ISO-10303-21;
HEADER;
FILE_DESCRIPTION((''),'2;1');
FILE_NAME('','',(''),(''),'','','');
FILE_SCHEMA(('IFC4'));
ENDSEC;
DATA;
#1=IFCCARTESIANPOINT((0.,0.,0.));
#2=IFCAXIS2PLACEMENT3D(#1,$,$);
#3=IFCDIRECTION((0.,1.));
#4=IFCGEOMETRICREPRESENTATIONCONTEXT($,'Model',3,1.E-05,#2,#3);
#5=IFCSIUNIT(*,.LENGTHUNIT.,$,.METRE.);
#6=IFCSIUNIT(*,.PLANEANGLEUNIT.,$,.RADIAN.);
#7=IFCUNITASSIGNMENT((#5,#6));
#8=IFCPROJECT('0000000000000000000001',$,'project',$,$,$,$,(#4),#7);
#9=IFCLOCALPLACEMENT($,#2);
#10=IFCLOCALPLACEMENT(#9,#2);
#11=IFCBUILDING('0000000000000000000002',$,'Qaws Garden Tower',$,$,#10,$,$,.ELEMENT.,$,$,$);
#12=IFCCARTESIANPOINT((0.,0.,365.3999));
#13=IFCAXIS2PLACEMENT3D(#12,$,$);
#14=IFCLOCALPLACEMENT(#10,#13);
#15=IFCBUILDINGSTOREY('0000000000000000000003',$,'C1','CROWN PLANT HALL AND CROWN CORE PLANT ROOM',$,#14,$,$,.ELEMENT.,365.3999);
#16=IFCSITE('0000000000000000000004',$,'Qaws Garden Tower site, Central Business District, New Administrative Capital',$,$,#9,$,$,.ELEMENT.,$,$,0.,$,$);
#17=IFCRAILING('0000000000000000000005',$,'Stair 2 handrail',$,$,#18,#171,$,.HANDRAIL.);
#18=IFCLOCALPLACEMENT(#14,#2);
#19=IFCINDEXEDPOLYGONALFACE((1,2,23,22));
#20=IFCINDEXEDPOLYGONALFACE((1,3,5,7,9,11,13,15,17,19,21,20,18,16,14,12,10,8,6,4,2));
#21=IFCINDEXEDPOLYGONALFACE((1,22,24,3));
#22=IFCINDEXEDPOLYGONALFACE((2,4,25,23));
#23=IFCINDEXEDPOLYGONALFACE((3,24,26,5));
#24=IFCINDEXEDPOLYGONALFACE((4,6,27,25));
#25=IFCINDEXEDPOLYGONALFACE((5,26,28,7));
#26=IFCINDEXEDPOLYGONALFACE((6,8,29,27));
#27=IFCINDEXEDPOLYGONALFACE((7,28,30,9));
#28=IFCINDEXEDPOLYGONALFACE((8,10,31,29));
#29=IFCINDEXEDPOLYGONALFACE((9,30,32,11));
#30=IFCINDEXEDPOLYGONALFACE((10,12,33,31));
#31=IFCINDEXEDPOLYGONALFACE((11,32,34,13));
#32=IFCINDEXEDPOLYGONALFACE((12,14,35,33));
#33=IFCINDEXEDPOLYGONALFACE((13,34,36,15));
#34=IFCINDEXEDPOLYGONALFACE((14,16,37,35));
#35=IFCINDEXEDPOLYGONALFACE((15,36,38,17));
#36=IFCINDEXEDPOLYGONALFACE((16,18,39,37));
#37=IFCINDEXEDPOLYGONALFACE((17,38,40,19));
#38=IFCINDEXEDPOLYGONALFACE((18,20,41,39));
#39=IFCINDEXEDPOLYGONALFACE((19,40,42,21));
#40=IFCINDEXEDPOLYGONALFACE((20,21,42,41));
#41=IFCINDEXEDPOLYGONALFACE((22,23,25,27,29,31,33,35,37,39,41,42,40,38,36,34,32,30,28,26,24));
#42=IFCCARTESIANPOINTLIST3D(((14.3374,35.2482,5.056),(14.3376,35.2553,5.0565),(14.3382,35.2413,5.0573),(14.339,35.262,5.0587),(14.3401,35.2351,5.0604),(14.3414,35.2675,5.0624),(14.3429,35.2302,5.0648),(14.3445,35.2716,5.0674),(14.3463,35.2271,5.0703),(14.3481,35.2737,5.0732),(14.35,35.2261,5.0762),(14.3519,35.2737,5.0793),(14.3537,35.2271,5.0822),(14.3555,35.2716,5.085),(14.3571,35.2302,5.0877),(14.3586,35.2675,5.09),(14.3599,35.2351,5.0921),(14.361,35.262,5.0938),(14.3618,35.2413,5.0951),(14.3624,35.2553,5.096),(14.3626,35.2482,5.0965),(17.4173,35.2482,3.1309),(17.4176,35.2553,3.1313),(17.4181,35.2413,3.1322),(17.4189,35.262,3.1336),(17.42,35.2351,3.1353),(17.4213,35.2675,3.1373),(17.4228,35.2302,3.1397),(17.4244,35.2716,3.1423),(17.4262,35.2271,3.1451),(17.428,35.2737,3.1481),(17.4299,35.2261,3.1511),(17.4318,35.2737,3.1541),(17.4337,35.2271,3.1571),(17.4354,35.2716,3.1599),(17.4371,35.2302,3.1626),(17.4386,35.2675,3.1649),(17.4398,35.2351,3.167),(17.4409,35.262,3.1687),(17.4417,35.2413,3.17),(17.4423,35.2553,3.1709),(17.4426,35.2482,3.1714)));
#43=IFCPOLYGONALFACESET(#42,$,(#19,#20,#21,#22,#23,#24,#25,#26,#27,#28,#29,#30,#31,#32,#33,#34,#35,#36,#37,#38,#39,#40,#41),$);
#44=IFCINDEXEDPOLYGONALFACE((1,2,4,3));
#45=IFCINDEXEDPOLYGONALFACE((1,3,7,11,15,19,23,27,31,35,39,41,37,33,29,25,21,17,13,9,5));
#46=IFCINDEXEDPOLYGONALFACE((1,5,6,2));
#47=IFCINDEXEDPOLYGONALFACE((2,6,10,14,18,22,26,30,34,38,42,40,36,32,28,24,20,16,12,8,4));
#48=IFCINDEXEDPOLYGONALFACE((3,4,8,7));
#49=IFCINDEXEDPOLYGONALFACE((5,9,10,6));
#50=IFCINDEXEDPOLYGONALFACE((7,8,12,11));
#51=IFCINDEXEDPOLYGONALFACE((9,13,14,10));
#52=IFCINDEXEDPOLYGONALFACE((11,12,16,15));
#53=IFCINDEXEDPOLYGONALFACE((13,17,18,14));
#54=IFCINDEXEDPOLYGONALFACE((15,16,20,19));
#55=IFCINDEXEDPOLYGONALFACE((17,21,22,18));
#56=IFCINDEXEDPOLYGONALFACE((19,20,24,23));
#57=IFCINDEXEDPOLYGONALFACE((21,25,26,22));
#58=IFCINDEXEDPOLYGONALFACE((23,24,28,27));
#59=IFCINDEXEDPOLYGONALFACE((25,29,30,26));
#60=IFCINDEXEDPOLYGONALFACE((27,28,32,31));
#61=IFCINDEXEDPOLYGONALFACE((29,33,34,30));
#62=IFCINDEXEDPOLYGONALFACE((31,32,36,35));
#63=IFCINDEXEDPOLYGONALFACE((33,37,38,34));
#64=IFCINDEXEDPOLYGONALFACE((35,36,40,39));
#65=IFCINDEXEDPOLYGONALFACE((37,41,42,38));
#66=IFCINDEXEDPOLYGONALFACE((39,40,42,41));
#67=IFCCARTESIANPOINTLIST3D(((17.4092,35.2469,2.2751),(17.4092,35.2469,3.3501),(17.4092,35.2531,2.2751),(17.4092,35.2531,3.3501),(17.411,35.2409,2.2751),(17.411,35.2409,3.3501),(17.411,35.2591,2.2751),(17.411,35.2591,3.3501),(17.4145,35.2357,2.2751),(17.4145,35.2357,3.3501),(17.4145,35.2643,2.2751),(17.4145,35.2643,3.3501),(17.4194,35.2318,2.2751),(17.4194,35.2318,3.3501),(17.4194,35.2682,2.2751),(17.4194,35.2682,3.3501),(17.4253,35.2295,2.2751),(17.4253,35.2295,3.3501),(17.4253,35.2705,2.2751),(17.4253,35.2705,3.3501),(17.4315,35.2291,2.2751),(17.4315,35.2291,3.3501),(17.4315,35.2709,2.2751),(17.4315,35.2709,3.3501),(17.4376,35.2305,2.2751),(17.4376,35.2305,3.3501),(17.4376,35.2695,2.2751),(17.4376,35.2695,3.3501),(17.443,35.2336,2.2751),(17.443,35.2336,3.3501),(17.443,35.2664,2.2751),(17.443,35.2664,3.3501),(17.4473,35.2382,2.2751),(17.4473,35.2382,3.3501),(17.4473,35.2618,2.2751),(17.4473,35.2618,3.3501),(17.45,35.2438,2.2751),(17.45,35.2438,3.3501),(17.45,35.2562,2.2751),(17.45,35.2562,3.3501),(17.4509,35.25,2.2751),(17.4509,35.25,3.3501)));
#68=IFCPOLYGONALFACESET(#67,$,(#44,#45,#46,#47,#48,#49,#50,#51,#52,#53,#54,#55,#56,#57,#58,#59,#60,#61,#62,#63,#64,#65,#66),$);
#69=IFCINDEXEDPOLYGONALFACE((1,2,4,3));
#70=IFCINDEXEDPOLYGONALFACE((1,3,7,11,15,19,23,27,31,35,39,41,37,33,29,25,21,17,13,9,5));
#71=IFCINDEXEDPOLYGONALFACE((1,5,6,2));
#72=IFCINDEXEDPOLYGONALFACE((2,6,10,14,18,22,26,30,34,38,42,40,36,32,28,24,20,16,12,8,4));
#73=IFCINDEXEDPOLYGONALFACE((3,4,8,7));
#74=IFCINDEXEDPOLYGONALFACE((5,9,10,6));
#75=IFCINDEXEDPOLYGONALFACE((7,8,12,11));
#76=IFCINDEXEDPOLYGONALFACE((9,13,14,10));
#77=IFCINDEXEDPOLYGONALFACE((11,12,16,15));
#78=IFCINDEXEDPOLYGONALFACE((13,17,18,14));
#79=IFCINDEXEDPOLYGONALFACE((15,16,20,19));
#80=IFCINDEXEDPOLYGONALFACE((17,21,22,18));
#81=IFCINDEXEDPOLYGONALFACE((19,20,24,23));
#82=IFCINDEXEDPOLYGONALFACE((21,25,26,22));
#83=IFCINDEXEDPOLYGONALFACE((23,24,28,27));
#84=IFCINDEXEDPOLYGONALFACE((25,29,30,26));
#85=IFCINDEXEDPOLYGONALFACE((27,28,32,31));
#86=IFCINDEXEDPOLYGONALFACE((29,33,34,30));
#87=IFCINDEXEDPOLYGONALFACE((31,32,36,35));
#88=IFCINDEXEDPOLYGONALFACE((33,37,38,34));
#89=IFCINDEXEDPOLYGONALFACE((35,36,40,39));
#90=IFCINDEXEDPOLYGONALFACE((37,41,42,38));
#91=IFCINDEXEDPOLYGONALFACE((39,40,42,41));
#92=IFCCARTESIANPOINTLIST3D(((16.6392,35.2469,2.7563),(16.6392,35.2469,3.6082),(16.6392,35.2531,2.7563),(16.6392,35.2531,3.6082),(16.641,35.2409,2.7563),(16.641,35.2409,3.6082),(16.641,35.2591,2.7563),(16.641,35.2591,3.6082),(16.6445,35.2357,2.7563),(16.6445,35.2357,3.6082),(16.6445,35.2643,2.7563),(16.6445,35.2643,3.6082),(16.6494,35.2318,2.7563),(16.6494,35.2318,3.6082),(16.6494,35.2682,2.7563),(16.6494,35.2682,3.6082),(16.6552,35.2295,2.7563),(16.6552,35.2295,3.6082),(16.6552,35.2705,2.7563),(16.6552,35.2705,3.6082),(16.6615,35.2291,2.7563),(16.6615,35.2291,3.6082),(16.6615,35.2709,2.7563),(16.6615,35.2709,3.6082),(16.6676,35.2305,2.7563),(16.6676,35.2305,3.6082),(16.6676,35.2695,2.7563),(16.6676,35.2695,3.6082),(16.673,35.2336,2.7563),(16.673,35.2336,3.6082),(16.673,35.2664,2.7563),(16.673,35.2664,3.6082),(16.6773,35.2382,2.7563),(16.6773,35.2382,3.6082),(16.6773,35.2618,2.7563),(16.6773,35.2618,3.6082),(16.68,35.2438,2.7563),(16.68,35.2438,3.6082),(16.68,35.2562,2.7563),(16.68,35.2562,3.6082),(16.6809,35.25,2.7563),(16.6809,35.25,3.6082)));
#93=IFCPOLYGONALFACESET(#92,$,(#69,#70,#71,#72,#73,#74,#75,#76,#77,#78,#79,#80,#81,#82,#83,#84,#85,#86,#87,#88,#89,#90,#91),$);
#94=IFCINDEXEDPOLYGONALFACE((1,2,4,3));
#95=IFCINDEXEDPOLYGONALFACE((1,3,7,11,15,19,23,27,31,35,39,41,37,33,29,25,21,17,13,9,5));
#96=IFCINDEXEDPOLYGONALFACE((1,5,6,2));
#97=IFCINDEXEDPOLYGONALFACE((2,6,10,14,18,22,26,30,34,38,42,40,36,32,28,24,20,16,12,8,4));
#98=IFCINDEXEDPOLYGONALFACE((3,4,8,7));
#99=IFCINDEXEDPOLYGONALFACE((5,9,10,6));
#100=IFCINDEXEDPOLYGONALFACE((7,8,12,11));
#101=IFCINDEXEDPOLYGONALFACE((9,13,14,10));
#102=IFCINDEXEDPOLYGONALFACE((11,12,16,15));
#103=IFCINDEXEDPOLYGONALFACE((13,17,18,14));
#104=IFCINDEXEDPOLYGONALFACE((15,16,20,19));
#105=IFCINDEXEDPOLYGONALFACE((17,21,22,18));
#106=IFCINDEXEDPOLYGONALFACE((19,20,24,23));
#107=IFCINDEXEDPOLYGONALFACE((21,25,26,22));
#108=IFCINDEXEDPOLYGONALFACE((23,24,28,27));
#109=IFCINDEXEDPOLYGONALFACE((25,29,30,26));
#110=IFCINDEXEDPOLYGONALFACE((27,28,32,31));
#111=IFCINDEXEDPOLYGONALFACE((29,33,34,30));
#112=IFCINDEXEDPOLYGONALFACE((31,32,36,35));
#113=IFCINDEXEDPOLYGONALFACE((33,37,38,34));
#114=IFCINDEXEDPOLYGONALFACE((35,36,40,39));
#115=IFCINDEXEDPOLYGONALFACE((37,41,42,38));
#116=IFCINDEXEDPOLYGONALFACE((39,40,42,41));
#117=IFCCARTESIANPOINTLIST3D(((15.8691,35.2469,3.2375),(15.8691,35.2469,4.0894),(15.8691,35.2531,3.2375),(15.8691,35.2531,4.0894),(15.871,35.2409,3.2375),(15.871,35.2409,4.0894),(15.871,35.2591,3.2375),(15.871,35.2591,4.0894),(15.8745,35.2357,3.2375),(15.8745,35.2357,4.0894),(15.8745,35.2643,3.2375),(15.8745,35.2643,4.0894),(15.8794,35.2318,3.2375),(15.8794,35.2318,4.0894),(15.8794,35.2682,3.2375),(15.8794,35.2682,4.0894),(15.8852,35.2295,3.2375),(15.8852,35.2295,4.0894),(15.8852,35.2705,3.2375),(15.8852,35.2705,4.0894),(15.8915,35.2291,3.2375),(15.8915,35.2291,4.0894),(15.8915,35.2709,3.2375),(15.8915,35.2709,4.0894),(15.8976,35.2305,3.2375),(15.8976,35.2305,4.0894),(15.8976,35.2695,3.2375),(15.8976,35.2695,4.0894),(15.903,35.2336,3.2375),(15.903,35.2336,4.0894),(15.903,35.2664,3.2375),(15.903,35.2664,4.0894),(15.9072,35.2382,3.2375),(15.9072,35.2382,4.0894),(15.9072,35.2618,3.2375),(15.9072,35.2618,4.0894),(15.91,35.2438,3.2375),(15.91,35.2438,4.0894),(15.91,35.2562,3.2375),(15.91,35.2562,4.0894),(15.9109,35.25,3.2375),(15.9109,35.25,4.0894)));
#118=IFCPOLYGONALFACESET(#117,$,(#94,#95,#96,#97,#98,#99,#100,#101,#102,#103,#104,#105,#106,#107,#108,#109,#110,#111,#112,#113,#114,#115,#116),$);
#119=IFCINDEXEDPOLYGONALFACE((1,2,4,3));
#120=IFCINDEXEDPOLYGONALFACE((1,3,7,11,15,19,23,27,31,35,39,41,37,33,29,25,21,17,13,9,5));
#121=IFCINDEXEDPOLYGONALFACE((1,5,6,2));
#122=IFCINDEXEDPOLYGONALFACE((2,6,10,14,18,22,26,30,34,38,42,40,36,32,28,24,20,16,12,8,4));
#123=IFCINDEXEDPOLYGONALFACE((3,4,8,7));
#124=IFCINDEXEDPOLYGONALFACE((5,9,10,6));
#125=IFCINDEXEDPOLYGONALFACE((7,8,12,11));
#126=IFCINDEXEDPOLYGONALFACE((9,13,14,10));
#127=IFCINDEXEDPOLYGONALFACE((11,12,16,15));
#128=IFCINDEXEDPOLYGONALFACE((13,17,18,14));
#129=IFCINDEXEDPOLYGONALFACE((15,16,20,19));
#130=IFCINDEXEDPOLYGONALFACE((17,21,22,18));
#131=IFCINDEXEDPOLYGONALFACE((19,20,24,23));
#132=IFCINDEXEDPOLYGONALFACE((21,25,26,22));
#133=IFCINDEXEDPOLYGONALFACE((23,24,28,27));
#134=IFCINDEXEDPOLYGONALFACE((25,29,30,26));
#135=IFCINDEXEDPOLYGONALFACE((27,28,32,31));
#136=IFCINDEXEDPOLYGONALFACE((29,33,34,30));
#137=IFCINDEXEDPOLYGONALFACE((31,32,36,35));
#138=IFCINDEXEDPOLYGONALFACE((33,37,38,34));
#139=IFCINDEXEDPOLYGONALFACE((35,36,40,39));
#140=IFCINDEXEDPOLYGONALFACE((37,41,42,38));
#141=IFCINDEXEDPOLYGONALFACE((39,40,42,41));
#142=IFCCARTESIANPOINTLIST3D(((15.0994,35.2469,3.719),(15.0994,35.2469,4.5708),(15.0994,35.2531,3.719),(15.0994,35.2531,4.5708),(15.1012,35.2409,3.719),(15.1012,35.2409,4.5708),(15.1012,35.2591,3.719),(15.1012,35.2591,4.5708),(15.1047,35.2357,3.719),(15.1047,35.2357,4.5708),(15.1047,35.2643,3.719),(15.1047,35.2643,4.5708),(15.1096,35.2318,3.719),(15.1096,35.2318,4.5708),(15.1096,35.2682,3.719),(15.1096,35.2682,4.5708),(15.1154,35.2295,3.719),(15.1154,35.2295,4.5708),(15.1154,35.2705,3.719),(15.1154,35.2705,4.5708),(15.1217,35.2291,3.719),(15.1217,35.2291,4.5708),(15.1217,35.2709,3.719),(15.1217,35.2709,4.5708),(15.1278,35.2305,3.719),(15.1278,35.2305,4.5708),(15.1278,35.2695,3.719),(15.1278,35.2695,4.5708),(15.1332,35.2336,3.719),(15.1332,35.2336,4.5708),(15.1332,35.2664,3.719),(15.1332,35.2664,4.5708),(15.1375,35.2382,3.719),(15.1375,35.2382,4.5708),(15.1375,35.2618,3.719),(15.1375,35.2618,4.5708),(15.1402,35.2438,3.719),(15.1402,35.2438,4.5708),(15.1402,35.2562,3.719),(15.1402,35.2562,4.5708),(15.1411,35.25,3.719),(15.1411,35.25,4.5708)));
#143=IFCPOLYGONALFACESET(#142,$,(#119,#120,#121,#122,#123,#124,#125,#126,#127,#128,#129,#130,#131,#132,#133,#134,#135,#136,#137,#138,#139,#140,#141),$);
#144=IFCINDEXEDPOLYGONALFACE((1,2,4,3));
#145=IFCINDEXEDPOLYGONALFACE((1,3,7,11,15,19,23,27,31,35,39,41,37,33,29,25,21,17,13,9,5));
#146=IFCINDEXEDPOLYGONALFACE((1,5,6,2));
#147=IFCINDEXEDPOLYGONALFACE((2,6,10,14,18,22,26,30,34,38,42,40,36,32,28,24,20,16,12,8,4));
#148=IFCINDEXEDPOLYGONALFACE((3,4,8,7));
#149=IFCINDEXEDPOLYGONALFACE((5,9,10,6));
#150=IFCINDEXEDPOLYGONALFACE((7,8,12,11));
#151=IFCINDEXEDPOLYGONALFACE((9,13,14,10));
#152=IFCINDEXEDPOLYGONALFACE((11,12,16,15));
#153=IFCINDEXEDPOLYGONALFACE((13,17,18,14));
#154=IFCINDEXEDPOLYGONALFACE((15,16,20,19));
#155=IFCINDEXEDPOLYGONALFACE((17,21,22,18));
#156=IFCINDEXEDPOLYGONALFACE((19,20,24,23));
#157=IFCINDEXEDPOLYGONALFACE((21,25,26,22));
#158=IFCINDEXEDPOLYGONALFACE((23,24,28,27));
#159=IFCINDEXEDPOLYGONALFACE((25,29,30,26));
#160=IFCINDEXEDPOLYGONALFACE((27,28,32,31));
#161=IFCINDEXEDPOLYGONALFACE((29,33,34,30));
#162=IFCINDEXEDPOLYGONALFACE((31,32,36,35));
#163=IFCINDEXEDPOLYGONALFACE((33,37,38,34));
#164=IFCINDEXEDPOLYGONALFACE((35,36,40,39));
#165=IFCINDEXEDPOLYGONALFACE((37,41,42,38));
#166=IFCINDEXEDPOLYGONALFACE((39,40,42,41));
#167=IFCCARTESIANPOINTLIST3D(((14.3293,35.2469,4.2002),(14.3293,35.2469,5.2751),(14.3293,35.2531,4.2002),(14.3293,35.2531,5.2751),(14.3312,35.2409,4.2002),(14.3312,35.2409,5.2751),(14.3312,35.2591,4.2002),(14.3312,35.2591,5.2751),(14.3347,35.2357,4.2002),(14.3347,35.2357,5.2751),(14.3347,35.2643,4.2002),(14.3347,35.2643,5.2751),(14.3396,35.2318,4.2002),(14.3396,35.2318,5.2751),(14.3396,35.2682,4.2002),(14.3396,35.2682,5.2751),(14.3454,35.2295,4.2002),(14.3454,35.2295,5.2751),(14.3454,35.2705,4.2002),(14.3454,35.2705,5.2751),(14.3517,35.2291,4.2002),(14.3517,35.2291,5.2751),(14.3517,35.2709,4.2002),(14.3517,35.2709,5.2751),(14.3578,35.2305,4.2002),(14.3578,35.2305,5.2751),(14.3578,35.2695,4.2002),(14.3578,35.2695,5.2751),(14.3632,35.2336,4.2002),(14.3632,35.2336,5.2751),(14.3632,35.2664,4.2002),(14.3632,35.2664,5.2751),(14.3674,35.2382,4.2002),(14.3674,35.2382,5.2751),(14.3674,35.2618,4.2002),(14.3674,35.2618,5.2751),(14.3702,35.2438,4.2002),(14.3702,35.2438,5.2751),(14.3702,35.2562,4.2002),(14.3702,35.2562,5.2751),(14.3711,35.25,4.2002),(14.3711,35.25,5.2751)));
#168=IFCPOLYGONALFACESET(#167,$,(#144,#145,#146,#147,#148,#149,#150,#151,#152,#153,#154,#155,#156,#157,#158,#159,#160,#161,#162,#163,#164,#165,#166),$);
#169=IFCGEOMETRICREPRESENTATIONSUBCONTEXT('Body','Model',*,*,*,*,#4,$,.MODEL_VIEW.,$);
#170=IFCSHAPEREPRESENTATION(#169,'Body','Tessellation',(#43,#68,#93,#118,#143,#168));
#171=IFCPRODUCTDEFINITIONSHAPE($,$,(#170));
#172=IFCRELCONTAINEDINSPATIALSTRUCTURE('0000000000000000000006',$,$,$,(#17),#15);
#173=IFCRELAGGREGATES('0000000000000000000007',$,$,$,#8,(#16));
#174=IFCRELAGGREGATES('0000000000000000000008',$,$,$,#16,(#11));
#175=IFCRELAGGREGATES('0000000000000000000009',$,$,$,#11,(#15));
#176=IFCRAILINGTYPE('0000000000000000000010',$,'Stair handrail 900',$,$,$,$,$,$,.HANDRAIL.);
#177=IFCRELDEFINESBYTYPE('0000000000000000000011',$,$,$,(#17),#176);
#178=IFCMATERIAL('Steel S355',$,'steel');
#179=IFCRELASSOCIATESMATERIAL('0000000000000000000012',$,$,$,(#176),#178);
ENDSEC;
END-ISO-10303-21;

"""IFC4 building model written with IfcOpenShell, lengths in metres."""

from ifc_helpers import new_model, si_unit, direction, frame, origin, origin_2d, place, context, subcontext, project, spatial, circle, extrude, material, type_object, element, save


model = new_model("IFC4")

# Units and contexts
model_context = context("Model", 3, precision=1e-05, world=origin(), true_north=direction((0.0, 1.0)))
body_context = subcontext(model_context, "Body", "Model", "MODEL_VIEW")
ifc_project = project(units=[si_unit("LENGTHUNIT", "METRE"), si_unit("PLANEANGLEUNIT", "RADIAN")], contexts=[model_context])

# Site, building, storey
site_placement = place(None, origin())
site = spatial("IfcSite", under=ifc_project, at=site_placement, Name="Qaws Garden Tower site, Central Business District, New Administrative Capital", CompositionType="ELEMENT", RefElevation=0.0)
building_placement = place(site_placement, origin())
building = spatial("IfcBuilding", under=site, at=building_placement, Name="Qaws Garden Tower", CompositionType="ELEMENT")
storey_placement = place(building_placement, frame((0.0, 0.0, 365.3999)))
storey = spatial("IfcBuildingStorey", under=building, at=storey_placement, Name="C1", Description="CROWN PLANT HALL AND CROWN CORE PLANT ROOM", CompositionType="ELEMENT", Elevation=365.3999)

# Railing
ifc_material_1 = material(Name="Steel S355", Category="steel")
railing_type_1 = type_object("IfcRailingType", Name="Stair handrail 900", PredefinedType="HANDRAIL", material=ifc_material_1)
railing_1_placement = place(storey_placement, frame((17.4299, 35.25, 2.2751)))
element("IfcRailing", 1, at=railing_1_placement, inside=storey, type_object=railing_type_1, Name="Stair 2 handrail", PredefinedType="HANDRAIL", context=body_context, shape_type="SweptSolid", body=[
    extrude(circle(Radius=0.0239, at=origin_2d()), frame((0.0, 0.0, 0.876), z_axis=(-0.847979, 0.0, 0.530029), x_axis=(0.0, -1.0, 0.0)), (0.0, 0.0, 1.0), 3.6321),
    extrude(circle(Radius=0.021, at=origin_2d()), origin(), (0.0, 0.0, 1.0), 1.075),
    extrude(circle(Radius=0.021, at=origin_2d()), frame((-0.77, 0.0, 0.4812)), (0.0, 0.0, 1.0), 0.8518),
    extrude(circle(Radius=0.021, at=origin_2d()), frame((-1.54, 0.0, 0.9624)), (0.0, 0.0, 1.0), 0.8518),
    extrude(circle(Radius=0.021, at=origin_2d()), frame((-2.3098, 0.0, 1.4438)), (0.0, 0.0, 1.0), 0.8518),
    extrude(circle(Radius=0.021, at=origin_2d()), frame((-3.0798, 0.0, 1.925)), (0.0, 0.0, 1.0), 1.075),
])

save(model, "model.ifc")
